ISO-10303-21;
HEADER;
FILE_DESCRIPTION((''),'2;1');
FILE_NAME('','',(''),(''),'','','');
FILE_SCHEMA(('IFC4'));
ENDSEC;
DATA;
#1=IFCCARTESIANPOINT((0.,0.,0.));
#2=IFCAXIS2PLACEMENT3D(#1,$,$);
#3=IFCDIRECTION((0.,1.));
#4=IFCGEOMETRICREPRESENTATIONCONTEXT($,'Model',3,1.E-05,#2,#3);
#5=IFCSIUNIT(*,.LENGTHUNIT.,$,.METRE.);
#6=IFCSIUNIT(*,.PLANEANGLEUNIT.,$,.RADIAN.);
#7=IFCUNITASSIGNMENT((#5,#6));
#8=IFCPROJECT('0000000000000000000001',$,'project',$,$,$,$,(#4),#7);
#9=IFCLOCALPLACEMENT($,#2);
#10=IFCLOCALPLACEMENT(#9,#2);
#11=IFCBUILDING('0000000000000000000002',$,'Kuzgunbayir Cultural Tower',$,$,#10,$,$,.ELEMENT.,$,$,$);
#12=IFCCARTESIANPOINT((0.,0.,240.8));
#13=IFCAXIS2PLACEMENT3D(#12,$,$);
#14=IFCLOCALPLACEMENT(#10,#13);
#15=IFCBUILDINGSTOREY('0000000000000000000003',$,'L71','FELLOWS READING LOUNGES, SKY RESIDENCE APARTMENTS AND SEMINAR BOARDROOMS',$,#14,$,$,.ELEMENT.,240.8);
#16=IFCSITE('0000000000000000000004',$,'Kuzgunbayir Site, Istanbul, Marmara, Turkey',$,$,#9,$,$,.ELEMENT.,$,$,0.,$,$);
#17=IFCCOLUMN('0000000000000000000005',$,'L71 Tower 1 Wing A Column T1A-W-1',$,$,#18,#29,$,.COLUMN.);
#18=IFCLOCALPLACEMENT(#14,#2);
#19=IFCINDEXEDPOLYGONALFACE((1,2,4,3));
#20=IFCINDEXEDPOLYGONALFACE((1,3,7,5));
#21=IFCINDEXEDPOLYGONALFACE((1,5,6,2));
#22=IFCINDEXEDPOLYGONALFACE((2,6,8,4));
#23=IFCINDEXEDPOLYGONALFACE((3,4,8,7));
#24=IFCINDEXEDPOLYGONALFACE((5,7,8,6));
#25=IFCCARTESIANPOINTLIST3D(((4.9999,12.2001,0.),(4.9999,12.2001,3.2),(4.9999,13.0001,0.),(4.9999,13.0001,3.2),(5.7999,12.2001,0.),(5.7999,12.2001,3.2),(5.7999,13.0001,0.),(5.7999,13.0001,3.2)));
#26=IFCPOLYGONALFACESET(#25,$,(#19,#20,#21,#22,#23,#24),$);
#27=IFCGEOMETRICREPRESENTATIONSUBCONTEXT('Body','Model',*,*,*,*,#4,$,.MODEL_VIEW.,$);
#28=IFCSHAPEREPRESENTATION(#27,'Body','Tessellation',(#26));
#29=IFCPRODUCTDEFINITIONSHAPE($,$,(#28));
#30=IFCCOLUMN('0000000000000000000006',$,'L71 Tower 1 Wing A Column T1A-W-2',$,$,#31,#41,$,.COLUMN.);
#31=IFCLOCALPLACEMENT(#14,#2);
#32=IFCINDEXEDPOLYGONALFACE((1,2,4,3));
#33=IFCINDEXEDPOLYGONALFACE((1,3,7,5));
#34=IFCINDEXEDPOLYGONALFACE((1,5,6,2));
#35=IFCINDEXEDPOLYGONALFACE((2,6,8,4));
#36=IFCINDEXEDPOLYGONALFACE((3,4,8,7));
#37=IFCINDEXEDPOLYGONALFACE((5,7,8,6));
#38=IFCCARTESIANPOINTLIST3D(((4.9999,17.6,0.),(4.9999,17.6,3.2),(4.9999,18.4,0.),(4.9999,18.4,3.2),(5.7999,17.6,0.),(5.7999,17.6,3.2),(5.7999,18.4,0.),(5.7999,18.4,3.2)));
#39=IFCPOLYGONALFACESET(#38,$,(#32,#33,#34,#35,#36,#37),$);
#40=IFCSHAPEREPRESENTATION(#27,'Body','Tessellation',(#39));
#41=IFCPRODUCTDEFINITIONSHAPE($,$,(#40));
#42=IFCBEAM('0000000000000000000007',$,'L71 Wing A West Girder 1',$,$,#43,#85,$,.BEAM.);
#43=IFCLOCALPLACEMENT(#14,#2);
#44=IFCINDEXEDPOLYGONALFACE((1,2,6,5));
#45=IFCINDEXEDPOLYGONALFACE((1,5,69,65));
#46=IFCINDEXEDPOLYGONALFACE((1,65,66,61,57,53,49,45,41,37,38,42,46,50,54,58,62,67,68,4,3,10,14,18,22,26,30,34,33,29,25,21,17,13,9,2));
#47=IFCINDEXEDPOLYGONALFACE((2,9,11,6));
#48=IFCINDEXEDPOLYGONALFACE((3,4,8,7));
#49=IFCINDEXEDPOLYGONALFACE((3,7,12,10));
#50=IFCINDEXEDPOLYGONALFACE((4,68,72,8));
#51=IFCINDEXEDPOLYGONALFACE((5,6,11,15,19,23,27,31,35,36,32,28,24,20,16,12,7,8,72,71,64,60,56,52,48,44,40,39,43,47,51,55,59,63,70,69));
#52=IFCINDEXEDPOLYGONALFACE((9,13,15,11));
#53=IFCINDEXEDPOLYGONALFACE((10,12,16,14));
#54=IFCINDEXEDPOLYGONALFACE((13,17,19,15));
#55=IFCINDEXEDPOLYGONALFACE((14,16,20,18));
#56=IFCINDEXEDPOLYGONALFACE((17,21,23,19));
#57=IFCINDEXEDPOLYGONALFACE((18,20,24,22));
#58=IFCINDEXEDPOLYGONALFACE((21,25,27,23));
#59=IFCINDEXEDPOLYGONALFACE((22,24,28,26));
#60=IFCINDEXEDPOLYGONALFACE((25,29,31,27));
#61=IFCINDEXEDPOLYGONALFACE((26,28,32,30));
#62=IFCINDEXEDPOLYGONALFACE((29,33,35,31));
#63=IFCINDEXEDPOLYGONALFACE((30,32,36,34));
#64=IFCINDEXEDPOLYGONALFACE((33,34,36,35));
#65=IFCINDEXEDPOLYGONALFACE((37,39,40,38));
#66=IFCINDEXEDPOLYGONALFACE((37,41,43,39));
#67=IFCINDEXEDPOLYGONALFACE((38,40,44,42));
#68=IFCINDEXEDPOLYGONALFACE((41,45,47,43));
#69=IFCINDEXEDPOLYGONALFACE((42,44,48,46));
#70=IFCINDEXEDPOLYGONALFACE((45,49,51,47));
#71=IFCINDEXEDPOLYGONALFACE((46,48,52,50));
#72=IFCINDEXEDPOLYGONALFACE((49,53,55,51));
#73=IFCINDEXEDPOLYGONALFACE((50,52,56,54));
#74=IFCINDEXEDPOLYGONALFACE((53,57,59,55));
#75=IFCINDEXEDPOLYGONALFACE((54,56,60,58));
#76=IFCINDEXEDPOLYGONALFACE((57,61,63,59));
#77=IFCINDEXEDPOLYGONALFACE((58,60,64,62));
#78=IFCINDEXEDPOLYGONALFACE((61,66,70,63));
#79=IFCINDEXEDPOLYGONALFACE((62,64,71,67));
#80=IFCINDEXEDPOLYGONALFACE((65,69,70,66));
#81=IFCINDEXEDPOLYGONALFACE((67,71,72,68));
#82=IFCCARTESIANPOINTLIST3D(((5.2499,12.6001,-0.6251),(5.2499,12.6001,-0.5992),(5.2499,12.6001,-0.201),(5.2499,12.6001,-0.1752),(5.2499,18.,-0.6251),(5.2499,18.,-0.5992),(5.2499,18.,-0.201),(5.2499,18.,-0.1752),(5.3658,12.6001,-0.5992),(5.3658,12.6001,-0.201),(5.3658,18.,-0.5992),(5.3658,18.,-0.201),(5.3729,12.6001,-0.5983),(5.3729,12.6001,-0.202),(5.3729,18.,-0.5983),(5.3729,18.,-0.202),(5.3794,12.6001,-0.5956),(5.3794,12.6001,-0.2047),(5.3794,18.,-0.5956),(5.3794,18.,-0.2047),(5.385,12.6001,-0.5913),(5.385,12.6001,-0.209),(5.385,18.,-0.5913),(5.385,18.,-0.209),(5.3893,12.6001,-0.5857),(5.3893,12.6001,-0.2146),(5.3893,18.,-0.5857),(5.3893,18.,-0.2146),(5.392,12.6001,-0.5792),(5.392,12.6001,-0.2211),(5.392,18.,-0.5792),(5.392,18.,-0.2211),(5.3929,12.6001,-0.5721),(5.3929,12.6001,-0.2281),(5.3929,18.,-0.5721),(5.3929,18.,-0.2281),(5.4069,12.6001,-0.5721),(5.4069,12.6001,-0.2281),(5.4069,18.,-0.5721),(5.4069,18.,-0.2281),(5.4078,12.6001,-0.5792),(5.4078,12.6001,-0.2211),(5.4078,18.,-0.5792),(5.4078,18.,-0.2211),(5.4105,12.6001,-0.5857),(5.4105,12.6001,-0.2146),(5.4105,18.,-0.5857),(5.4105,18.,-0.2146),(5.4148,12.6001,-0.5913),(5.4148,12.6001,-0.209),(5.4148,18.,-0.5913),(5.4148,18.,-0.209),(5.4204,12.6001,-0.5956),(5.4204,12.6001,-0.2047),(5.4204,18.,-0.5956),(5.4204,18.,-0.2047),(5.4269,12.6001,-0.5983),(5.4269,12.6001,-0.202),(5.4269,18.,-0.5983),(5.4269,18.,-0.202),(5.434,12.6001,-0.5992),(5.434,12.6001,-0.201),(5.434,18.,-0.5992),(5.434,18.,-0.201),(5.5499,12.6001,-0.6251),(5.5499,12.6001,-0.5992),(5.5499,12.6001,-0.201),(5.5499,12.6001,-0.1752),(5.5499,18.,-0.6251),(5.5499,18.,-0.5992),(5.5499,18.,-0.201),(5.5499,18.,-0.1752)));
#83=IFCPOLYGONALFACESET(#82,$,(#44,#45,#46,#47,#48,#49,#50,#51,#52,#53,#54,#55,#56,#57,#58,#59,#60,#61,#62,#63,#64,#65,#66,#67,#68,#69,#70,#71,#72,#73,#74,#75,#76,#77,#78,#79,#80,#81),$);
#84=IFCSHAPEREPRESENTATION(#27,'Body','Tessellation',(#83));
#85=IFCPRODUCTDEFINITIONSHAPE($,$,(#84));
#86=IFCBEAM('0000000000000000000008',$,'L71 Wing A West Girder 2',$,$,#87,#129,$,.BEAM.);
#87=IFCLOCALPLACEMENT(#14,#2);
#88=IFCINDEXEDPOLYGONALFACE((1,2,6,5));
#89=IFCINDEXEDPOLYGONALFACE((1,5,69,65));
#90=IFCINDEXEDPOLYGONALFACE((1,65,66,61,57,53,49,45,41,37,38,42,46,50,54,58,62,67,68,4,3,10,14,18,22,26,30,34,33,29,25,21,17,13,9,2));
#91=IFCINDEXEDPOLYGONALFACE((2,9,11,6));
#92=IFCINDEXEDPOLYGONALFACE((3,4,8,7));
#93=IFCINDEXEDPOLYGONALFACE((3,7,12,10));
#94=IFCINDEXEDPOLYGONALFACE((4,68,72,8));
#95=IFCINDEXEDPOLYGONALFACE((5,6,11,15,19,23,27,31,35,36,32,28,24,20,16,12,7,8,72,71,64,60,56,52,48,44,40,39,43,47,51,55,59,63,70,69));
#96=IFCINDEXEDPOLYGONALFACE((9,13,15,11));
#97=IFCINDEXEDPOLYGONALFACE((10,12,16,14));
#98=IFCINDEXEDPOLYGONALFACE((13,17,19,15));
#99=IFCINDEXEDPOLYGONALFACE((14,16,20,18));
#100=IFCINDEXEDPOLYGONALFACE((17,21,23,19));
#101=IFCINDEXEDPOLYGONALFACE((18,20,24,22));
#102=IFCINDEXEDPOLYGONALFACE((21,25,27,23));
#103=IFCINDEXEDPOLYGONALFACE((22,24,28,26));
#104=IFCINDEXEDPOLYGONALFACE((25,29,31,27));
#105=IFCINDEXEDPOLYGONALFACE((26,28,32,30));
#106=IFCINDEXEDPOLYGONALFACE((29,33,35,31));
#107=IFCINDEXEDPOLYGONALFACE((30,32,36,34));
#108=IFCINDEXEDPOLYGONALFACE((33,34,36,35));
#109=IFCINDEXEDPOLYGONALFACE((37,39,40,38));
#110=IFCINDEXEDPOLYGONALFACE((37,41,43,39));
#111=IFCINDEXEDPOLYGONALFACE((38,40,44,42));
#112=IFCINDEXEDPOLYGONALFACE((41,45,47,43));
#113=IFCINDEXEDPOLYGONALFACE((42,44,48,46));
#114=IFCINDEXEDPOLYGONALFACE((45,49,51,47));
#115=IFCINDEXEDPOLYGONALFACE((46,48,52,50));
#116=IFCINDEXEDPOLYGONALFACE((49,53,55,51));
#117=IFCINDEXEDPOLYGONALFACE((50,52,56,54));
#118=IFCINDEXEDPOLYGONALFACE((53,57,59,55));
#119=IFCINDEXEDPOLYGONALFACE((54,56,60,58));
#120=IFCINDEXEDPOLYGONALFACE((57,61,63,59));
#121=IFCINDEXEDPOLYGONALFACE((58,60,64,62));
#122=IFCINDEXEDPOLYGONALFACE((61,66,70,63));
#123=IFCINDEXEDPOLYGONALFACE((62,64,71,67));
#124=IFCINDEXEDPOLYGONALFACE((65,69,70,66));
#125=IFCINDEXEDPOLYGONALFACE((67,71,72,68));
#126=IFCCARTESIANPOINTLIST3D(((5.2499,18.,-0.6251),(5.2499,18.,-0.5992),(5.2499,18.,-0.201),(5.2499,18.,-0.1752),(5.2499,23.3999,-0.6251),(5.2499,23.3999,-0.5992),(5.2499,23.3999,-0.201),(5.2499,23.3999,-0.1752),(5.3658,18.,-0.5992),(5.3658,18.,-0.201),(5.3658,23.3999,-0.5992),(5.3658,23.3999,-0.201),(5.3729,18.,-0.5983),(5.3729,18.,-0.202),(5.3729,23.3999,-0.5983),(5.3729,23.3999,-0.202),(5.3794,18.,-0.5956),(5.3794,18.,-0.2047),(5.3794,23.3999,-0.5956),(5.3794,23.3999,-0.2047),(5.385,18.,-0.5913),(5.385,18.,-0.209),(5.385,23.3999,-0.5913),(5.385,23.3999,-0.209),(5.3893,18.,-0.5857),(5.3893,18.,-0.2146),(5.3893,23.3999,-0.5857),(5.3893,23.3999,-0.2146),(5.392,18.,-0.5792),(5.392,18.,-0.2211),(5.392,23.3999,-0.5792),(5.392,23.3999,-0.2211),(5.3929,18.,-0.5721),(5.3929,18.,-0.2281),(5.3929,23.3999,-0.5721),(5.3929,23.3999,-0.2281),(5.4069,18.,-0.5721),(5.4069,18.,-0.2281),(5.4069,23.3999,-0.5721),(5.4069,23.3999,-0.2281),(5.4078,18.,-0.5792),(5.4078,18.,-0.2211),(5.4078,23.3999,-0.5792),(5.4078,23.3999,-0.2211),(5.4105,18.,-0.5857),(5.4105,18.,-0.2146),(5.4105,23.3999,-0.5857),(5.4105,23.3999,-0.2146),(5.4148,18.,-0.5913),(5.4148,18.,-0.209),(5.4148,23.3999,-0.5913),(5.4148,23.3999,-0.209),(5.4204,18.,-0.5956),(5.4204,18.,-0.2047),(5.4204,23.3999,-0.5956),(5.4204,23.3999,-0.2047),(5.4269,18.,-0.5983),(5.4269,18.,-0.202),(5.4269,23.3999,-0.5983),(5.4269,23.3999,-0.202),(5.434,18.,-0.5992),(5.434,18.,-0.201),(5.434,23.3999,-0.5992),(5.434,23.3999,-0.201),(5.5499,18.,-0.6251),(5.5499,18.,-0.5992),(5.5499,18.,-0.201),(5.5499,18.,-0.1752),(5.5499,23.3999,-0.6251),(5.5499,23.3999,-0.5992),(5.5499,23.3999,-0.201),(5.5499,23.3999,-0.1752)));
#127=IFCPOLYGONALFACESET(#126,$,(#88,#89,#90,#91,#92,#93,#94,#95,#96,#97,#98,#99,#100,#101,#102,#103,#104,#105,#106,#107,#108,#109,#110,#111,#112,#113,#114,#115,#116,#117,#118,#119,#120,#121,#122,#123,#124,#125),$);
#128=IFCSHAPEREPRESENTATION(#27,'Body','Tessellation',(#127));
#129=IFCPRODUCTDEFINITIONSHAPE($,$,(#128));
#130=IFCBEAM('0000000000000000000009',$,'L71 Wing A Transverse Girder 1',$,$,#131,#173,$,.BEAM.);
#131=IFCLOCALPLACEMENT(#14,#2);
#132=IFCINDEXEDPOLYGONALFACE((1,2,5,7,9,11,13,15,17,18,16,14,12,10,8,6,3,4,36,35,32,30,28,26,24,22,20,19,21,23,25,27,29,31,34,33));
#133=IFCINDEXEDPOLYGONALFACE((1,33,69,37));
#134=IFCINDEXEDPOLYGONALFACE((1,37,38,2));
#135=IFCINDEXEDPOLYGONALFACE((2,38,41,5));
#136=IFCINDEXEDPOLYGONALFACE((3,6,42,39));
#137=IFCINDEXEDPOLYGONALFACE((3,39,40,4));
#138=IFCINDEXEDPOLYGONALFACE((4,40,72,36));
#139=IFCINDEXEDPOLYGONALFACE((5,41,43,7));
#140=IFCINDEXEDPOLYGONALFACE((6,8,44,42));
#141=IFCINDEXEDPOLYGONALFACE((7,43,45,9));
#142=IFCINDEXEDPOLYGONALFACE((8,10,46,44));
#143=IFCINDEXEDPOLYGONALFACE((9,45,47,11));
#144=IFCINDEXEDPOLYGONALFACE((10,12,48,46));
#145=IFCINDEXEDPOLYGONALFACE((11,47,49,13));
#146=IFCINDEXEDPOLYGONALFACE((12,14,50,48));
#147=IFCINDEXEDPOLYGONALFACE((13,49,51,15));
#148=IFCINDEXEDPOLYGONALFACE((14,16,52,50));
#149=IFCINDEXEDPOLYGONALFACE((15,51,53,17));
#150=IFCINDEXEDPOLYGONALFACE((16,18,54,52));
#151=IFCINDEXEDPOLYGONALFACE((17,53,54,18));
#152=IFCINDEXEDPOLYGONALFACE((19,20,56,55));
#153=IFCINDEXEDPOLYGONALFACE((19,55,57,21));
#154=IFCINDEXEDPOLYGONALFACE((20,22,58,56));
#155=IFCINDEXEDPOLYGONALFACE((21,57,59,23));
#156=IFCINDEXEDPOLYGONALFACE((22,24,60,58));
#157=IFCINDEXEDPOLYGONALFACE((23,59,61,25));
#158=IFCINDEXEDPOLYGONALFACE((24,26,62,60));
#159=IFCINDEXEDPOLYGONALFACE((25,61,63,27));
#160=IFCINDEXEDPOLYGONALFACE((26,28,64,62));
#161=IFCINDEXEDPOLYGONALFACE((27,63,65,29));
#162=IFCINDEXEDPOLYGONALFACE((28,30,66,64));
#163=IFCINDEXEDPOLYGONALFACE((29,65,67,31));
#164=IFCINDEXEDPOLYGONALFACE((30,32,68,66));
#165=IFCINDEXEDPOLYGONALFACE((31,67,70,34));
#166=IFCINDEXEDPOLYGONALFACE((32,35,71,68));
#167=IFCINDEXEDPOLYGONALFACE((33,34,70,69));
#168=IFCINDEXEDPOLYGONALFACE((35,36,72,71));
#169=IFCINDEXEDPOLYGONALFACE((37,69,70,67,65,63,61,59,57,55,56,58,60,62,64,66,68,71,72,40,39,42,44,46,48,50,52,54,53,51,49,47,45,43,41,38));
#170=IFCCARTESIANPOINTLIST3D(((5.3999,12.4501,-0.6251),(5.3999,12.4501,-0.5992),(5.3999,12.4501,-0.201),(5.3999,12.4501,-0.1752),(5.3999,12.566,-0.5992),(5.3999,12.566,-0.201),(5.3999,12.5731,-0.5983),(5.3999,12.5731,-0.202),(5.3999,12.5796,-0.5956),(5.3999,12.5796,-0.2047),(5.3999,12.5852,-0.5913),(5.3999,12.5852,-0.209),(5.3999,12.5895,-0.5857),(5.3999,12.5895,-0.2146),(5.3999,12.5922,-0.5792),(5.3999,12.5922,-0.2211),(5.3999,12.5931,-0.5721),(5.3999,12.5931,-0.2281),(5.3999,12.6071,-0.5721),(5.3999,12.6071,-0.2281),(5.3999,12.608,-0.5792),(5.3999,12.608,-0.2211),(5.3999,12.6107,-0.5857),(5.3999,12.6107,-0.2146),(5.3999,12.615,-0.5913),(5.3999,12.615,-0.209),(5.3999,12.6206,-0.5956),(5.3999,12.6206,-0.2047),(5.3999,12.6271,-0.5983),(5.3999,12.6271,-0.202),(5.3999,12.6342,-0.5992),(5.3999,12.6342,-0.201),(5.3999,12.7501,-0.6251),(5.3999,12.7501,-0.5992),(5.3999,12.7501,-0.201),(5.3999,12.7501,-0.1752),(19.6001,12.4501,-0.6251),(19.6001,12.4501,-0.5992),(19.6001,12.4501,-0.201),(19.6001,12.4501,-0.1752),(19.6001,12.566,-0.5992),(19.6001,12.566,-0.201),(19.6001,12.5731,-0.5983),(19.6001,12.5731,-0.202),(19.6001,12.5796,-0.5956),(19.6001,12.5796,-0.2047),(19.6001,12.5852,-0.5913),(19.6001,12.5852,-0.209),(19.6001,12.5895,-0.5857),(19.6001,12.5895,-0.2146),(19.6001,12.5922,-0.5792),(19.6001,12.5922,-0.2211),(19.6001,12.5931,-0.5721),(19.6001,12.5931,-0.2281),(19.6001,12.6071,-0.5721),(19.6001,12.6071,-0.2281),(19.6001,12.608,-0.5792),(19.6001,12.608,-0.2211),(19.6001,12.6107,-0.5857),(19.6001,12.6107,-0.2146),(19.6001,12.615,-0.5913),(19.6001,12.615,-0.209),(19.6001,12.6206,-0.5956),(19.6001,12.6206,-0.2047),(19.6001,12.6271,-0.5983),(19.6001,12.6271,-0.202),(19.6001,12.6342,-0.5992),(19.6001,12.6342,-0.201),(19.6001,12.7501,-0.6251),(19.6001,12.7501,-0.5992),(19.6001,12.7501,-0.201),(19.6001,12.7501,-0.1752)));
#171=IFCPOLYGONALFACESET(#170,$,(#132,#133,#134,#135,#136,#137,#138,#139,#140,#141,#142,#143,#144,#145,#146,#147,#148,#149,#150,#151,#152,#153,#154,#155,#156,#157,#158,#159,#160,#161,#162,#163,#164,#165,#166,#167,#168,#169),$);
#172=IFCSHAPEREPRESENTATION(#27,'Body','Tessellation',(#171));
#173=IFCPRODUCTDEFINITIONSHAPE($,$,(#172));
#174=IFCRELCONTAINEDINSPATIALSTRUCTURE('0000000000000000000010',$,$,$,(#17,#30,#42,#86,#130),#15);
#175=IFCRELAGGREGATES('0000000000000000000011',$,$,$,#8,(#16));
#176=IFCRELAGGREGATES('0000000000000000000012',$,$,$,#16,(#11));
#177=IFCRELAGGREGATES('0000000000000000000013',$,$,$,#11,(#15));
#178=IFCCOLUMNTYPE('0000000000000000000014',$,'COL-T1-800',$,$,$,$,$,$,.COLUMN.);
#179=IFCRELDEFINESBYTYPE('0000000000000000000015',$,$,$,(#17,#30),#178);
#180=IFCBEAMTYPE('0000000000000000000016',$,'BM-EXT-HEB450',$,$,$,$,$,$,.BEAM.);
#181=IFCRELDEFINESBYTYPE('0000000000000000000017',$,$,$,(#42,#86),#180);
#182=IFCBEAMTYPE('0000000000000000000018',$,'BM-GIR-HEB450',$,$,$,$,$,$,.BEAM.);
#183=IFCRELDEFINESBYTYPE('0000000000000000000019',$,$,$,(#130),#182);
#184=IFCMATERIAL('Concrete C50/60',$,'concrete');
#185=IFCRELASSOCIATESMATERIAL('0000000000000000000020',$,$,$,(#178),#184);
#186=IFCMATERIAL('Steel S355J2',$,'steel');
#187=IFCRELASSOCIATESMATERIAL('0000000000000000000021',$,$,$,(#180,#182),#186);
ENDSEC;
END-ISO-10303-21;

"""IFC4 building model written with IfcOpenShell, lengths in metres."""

from ifc_helpers import new_model, si_unit, direction, frame, origin, origin_2d, place, context, subcontext, project, spatial, rectangle, i_section, extrude, material, material_profile, profile_set, type_object, element, save


model = new_model("IFC4")

# Units and contexts
model_context = context("Model", 3, precision=1e-05, world=origin(), true_north=direction((0.0, 1.0)))
body_context = subcontext(model_context, "Body", "Model", "MODEL_VIEW")
ifc_project = project(units=[si_unit("LENGTHUNIT", "METRE"), si_unit("PLANEANGLEUNIT", "RADIAN")], contexts=[model_context])

# Site, building, storey
site_placement = place(None, origin())
site = spatial("IfcSite", under=ifc_project, at=site_placement, Name="Kuzgunbayir Site, Istanbul, Marmara, Turkey", CompositionType="ELEMENT", RefElevation=0.0)
building_placement = place(site_placement, origin())
building = spatial("IfcBuilding", under=site, at=building_placement, Name="Kuzgunbayir Cultural Tower", CompositionType="ELEMENT")
storey_placement = place(building_placement, frame((0.0, 0.0, 240.8)))
storey = spatial("IfcBuildingStorey", under=building, at=storey_placement, Name="L71", Description="FELLOWS READING LOUNGES, SKY RESIDENCE APARTMENTS AND SEMINAR BOARDROOMS", CompositionType="ELEMENT", Elevation=240.8)

# Columns
ifc_material_1 = material(Name="Concrete C50/60", Category="concrete")
ifc_material_profile_1 = material_profile(ifc_material_1, rectangle(XDim=0.8, YDim=0.8, at=origin_2d()), Name="RC 800x800")
ifc_profile_set_1 = profile_set([ifc_material_profile_1], Name="Concrete C50/60")
column_type = type_object("IfcColumnType", Name="COL-T1-800", PredefinedType="COLUMN", material=ifc_profile_set_1)
for number, where, z_axis, x_axis, name in (
    (1, (5.3999, 12.6001, 0.0), (0.0, 0.0, 1.0), (1.0, 0.0, 0.0), "L71 Tower 1 Wing A Column T1A-W-1"),
    (2, (5.3999, 18.0, 0.0), (0.0, 0.0, 1.0), (1.0, 0.0, 0.0), "L71 Tower 1 Wing A Column T1A-W-2"),
):
    element("IfcColumn", number, at=place(storey_placement, frame(where, z_axis=z_axis, x_axis=x_axis)), inside=storey, type_object=column_type, Name=name, PredefinedType="COLUMN", context=body_context, shape_type="SweptSolid", body=[
        extrude(rectangle(XDim=0.8, YDim=0.8, at=origin_2d()), origin(), (0.0, 0.0, 1.0), 3.2),
    ])

# Beams
ifc_material_2 = material(Name="Steel S355J2", Category="steel")
ifc_material_profile_2 = material_profile(ifc_material_2, i_section(OverallWidth=0.3, OverallDepth=0.45, WebThickness=0.0139, FlangeThickness=0.0259, FilletRadius=0.0271, at=origin_2d()), Name="HEB 450")
ifc_profile_set_2 = profile_set([ifc_material_profile_2], Name="Steel S355J2")
beam_type_1 = type_object("IfcBeamType", Name="BM-EXT-HEB450", PredefinedType="BEAM", material=ifc_profile_set_2)
for number, where, z_axis, x_axis, name in (
    (3, (5.3999, 12.6001, -0.4001), (0.0, 1.0, 0.0), (-1.0, 0.0, 0.0), "L71 Wing A West Girder 1"),
    (4, (5.3999, 18.0, -0.4001), (0.0, 1.0, 0.0), (-1.0, 0.0, 0.0), "L71 Wing A West Girder 2"),
):
    element("IfcBeam", number, at=place(storey_placement, frame(where, z_axis=z_axis, x_axis=x_axis)), inside=storey, type_object=beam_type_1, Name=name, PredefinedType="BEAM", context=body_context, shape_type="SweptSolid", body=[
        extrude(i_section(OverallWidth=0.3, OverallDepth=0.45, WebThickness=0.0139, FlangeThickness=0.0259, FilletRadius=0.0271, at=origin_2d()), origin(), (0.0, 0.0, 1.0), 5.3999),
    ])
ifc_material_profile_3 = material_profile(ifc_material_2, i_section(OverallWidth=0.3, OverallDepth=0.45, WebThickness=0.0139, FlangeThickness=0.0259, FilletRadius=0.0271, at=origin_2d()), Name="HEB 450")
ifc_profile_set_3 = profile_set([ifc_material_profile_3], Name="Steel S355J2")
beam_type_2 = type_object("IfcBeamType", Name="BM-GIR-HEB450", PredefinedType="BEAM", material=ifc_profile_set_3)
for number, where, z_axis, x_axis, name in (
    (5, (5.3999, 12.6001, -0.4001), (1.0, 0.0, 0.0), (0.0, 1.0, 0.0), "L71 Wing A Transverse Girder 1"),
):
    element("IfcBeam", number, at=place(storey_placement, frame(where, z_axis=z_axis, x_axis=x_axis)), inside=storey, type_object=beam_type_2, Name=name, PredefinedType="BEAM", context=body_context, shape_type="SweptSolid", body=[
        extrude(i_section(OverallWidth=0.3, OverallDepth=0.45, WebThickness=0.0139, FlangeThickness=0.0259, FilletRadius=0.0271, at=origin_2d()), origin(), (0.0, 0.0, 1.0), 14.2002),
    ])

save(model, "model.ifc")
